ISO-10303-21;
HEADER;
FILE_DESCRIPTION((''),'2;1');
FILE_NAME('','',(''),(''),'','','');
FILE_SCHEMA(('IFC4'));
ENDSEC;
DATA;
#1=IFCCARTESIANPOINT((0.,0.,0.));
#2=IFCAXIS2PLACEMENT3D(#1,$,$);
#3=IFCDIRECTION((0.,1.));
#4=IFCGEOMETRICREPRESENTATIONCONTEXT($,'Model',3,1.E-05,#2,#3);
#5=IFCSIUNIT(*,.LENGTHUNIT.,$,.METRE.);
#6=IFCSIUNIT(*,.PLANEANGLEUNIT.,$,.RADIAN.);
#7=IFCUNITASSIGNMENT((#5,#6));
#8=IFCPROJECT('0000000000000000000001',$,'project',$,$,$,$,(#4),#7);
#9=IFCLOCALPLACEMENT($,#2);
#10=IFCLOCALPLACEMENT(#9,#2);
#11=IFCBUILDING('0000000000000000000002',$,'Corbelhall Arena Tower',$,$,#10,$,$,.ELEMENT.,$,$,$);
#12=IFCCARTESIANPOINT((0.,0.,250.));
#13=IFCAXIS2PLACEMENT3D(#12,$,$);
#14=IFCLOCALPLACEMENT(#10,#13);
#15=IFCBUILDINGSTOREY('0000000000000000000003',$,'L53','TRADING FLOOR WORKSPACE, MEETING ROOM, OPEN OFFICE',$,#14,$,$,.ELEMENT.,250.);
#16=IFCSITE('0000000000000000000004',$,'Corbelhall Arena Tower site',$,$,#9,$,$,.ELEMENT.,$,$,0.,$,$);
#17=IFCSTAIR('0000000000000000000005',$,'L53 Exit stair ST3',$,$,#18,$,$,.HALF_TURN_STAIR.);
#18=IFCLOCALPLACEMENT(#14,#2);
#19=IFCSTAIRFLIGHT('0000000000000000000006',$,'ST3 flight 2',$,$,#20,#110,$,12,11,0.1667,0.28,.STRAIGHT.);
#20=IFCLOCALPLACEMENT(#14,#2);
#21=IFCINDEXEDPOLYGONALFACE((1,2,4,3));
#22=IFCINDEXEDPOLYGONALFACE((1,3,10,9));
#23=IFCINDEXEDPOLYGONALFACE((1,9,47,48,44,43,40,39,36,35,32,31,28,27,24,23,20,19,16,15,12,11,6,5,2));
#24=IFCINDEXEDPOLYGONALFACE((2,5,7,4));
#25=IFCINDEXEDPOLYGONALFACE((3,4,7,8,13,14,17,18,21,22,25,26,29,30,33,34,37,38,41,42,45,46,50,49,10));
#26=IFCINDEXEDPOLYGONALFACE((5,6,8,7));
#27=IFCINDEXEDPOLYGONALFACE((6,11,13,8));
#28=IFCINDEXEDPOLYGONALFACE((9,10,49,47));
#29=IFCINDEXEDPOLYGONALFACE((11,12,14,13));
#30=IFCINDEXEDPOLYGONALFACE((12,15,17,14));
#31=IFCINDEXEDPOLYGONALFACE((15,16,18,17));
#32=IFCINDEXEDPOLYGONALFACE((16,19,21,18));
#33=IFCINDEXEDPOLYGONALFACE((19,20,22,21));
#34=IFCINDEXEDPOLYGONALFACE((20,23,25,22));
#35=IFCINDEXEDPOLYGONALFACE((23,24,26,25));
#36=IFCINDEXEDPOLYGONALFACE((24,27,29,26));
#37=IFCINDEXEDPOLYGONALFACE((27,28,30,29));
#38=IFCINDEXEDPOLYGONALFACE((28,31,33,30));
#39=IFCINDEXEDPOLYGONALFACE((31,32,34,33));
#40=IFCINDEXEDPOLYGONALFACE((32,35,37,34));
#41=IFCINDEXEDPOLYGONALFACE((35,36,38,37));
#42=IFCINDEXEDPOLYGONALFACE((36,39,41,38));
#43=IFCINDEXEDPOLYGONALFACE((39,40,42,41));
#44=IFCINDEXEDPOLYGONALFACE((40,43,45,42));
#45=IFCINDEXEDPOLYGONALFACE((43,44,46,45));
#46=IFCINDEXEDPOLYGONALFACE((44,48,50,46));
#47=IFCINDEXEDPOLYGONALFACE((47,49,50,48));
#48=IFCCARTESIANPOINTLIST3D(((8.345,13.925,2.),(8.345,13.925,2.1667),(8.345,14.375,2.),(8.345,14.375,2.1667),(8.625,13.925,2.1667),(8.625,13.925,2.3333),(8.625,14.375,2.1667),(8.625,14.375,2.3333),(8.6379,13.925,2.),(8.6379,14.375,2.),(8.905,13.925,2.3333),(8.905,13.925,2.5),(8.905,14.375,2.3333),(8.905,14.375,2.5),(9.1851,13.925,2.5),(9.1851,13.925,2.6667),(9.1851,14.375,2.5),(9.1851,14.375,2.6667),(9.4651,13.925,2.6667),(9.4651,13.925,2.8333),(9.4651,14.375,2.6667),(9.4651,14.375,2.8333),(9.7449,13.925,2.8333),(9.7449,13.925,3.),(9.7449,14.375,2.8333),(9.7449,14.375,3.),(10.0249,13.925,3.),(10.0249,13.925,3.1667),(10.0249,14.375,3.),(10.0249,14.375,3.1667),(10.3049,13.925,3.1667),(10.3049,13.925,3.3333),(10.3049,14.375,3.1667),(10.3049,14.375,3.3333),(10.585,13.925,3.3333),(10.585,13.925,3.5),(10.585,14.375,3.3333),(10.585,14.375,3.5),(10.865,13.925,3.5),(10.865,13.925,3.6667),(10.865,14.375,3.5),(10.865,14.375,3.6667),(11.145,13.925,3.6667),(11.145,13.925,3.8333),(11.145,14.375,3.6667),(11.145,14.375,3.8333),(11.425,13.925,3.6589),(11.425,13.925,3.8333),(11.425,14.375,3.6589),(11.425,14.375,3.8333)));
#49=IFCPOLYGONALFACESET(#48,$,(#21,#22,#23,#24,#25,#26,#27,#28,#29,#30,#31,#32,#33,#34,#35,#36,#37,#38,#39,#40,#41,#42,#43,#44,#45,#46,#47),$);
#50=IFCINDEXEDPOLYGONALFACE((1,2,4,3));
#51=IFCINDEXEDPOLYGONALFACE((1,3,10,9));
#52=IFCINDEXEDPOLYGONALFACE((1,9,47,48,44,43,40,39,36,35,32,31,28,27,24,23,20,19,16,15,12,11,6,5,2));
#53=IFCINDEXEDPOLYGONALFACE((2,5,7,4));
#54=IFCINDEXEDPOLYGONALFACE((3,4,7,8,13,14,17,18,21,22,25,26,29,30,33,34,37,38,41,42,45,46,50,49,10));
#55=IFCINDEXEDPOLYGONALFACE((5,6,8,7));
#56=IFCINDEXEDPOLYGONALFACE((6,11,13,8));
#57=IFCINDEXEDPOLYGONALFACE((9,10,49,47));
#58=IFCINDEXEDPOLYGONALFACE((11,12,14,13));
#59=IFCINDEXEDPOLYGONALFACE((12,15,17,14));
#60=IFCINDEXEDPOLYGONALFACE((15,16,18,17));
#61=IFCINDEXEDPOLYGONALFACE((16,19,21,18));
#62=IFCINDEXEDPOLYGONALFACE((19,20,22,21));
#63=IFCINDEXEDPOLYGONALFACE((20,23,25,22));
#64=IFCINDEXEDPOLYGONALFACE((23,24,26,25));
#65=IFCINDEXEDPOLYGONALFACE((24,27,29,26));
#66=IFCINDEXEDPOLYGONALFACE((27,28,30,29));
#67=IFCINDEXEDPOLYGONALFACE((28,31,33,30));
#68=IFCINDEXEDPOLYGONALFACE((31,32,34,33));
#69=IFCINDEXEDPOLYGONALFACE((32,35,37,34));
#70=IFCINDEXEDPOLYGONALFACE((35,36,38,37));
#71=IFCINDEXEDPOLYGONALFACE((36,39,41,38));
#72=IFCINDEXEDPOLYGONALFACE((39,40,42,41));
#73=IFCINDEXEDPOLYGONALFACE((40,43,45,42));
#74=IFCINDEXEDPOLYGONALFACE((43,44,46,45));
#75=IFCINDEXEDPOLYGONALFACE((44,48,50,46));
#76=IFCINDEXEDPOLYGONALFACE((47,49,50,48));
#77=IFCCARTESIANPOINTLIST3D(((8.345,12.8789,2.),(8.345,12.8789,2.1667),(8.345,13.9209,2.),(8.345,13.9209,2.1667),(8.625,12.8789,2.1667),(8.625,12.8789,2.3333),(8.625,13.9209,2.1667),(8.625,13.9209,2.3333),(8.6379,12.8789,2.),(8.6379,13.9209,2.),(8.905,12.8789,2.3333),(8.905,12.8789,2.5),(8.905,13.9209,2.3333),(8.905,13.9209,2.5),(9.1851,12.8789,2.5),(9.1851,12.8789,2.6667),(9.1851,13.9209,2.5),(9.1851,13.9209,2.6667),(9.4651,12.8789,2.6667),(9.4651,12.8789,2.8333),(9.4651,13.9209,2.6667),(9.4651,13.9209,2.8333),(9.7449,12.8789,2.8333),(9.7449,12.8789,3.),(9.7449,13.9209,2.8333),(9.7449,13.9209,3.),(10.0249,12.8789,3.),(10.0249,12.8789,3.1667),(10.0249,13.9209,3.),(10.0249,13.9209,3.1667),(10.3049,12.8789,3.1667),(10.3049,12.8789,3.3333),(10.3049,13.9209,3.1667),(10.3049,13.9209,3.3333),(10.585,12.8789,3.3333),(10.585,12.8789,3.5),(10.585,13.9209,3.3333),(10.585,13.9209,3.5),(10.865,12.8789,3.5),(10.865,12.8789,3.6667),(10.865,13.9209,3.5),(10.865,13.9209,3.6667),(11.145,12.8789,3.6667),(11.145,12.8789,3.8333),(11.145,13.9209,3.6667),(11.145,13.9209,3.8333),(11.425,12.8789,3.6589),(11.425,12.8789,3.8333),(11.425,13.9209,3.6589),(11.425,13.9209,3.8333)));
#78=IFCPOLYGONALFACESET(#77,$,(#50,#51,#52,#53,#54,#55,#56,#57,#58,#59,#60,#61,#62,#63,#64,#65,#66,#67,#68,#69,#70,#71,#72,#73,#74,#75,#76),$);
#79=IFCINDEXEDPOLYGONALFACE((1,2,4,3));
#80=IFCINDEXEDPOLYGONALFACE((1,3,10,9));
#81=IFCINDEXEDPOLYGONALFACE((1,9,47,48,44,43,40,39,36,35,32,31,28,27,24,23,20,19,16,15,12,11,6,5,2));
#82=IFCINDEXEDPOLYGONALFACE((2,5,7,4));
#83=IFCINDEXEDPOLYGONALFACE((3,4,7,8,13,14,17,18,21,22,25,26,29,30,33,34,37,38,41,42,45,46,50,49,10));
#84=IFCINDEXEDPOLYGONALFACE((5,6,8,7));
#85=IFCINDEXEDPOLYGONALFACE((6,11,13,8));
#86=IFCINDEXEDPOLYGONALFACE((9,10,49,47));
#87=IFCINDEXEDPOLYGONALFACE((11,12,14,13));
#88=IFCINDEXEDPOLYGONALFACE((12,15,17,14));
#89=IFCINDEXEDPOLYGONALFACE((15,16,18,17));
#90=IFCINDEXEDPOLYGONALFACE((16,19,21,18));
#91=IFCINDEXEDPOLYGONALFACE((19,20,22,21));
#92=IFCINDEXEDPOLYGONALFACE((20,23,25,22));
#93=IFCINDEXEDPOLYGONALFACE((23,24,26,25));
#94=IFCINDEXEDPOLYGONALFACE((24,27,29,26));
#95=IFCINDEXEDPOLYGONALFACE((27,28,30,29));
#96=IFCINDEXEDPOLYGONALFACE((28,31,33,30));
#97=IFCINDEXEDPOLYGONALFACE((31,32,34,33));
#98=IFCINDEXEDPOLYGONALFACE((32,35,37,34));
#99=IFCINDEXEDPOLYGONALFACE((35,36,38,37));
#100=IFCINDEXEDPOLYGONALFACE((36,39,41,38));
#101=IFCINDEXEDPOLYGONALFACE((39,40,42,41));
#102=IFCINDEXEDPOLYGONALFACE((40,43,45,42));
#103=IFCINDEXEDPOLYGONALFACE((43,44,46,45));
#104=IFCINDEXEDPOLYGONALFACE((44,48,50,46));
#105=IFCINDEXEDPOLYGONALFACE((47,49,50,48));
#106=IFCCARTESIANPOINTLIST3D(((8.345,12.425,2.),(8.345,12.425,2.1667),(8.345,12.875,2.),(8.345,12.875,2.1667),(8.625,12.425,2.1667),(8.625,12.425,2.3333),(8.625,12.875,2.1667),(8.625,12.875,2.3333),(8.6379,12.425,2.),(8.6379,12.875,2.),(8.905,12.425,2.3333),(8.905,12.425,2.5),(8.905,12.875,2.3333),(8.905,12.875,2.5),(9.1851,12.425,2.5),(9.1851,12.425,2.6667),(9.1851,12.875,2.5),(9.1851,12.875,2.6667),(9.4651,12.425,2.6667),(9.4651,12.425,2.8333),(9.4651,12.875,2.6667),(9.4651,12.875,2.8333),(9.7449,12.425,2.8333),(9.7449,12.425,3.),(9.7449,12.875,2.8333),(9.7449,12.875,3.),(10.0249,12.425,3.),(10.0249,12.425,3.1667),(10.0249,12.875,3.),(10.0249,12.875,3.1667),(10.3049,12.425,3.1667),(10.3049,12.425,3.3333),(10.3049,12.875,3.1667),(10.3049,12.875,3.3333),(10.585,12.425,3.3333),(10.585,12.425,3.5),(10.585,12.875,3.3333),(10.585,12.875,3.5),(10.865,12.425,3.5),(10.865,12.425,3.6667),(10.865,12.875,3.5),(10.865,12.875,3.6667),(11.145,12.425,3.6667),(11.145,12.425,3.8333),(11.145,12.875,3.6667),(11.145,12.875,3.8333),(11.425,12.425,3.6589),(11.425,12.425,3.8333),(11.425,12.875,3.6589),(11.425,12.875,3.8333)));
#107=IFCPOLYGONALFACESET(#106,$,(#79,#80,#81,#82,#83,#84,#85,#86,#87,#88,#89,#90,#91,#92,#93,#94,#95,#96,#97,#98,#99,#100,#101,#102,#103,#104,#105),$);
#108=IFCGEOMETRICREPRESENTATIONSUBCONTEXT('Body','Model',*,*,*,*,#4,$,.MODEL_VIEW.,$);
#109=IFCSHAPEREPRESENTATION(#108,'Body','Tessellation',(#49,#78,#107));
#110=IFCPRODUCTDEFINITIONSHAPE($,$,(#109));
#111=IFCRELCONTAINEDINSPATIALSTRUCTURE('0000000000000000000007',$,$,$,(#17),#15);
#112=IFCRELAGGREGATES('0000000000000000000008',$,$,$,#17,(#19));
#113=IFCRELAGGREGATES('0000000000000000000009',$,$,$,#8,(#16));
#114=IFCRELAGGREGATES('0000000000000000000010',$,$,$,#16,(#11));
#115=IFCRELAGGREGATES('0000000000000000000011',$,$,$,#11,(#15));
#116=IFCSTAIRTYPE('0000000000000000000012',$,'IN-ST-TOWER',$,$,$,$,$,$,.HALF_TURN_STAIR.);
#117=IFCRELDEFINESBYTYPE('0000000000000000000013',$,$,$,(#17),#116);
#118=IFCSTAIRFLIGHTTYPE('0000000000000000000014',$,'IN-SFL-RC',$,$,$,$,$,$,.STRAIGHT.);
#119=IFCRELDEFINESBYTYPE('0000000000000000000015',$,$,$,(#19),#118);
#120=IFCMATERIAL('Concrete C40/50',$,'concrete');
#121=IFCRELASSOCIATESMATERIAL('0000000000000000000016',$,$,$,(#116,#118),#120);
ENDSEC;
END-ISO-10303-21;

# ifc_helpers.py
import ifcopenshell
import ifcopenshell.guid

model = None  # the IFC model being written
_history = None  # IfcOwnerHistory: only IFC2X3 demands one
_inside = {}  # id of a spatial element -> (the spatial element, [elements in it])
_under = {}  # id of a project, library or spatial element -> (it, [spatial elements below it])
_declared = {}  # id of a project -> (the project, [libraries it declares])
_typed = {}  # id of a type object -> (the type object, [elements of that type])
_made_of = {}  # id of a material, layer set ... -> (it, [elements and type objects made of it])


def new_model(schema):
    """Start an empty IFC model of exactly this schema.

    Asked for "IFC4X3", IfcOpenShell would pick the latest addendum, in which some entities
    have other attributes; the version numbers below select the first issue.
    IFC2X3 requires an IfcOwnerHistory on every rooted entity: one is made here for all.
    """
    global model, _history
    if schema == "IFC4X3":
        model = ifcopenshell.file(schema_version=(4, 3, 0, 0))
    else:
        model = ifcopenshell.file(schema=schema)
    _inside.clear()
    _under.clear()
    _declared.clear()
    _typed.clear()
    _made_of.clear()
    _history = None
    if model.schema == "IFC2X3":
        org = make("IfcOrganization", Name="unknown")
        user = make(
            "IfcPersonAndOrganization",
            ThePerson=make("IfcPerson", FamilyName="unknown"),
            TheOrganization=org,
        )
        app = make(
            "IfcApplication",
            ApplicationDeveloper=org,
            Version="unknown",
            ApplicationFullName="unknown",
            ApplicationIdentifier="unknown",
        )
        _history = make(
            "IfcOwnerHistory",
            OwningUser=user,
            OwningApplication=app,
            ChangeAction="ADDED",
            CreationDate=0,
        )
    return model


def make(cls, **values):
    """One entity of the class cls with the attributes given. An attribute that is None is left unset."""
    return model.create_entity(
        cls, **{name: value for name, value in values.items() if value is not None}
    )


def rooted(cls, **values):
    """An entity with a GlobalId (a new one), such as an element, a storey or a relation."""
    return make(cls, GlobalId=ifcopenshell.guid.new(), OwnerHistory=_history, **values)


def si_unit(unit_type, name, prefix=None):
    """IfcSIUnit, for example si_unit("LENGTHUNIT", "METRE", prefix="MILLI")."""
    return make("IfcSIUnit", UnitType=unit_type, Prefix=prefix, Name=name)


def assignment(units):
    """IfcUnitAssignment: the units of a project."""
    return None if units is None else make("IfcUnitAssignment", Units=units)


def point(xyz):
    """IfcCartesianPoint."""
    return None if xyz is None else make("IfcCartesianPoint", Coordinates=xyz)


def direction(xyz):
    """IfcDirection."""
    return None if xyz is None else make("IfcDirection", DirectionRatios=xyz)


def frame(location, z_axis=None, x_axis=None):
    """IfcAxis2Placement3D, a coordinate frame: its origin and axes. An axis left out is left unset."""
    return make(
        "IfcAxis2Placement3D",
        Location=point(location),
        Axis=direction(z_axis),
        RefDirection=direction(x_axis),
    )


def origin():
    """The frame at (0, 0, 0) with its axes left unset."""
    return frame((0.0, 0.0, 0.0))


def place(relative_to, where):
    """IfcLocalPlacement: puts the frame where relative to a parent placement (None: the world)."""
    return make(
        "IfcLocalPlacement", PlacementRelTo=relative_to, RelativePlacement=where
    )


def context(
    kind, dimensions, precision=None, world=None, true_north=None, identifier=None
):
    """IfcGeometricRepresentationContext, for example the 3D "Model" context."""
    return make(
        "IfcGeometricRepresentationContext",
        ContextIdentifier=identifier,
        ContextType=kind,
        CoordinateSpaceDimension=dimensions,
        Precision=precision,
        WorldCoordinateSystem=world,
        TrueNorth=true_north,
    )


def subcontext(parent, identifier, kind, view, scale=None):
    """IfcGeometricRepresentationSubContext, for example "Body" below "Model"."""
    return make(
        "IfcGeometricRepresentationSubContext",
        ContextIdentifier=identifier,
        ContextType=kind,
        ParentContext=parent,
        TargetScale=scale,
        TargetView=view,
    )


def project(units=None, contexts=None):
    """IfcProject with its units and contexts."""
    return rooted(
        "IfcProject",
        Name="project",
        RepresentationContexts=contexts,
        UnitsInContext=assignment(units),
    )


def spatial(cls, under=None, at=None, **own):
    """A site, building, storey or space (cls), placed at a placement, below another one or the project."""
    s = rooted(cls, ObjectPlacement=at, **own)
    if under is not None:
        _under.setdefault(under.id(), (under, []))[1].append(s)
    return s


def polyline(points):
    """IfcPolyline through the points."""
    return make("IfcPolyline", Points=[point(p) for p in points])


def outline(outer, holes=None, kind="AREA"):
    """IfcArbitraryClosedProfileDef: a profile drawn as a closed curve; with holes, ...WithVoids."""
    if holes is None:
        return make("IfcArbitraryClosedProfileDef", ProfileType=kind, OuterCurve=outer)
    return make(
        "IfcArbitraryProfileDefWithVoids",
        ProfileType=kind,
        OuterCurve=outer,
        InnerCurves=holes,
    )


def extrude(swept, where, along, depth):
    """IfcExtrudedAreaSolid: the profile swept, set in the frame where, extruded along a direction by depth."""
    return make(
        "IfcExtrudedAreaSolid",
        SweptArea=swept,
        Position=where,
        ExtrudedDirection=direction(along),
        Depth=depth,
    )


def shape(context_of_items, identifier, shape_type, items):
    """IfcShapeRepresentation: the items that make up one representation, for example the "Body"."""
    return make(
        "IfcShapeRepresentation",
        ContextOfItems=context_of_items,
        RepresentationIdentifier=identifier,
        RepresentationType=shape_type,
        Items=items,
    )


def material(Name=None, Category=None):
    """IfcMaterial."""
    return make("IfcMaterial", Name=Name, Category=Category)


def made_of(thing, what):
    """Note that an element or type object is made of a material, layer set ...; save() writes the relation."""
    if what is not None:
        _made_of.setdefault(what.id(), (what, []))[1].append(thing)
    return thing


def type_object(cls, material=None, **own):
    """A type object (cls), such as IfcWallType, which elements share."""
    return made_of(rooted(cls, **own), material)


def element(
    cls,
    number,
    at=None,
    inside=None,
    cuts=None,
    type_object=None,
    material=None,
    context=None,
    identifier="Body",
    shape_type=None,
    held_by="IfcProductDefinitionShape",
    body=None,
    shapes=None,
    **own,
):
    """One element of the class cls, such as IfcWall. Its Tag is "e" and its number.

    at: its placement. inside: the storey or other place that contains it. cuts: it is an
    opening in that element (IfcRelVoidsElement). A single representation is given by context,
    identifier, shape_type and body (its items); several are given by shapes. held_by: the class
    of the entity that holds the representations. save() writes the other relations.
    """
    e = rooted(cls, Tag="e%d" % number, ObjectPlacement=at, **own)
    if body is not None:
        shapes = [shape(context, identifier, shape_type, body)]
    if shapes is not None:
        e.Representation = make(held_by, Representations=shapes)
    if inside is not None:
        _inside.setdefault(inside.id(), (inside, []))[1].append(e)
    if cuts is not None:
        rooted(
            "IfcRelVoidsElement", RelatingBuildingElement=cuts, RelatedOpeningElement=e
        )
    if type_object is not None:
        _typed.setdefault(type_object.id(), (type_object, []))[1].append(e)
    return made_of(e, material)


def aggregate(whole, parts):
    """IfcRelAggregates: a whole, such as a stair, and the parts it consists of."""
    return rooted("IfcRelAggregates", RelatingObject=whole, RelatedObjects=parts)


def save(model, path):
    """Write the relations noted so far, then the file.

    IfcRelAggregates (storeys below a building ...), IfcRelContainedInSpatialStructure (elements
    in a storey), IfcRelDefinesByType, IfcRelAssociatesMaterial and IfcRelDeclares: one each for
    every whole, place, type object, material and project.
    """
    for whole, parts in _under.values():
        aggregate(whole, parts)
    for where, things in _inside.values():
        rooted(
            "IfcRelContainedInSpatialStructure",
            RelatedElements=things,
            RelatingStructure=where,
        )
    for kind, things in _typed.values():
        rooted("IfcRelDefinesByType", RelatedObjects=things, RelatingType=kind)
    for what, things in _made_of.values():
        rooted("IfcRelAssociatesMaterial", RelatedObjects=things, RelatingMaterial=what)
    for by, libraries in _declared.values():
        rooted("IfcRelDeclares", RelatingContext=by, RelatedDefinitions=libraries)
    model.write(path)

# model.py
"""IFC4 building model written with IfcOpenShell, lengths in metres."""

from ifc_helpers import new_model, si_unit, direction, frame, origin, place, context, subcontext, project, spatial, polyline, outline, extrude, material, type_object, element, aggregate, save


model = new_model("IFC4")

# Units and contexts
model_context = context("Model", 3, precision=1e-05, world=origin(), true_north=direction((0.0, 1.0)))
body_context = subcontext(model_context, "Body", "Model", "MODEL_VIEW")
ifc_project = project(units=[si_unit("LENGTHUNIT", "METRE"), si_unit("PLANEANGLEUNIT", "RADIAN")], contexts=[model_context])

# Site, building, storey
site_placement = place(None, origin())
site = spatial("IfcSite", under=ifc_project, at=site_placement, Name="Corbelhall Arena Tower site", CompositionType="ELEMENT", RefElevation=0.0)
building_placement = place(site_placement, origin())
building = spatial("IfcBuilding", under=site, at=building_placement, Name="Corbelhall Arena Tower", CompositionType="ELEMENT")
storey_placement = place(building_placement, frame((0.0, 0.0, 250.0)))
storey = spatial("IfcBuildingStorey", under=building, at=storey_placement, Name="L53", Description="TRADING FLOOR WORKSPACE, MEETING ROOM, OPEN OFFICE", CompositionType="ELEMENT", Elevation=250.0)

# Shared definitions
ifc_material_1 = material(Name="Concrete C40/50", Category="concrete")

# Stair, stair flight
stair_type = type_object("IfcStairType", Name="IN-ST-TOWER", PredefinedType="HALF_TURN_STAIR", material=ifc_material_1)
stair_placement = place(storey_placement, origin())
stair = element("IfcStair", 1, at=stair_placement, inside=storey, type_object=stair_type, Name="L53 Exit stair ST3", PredefinedType="HALF_TURN_STAIR")
stair_flight_type = type_object("IfcStairFlightType", Name="IN-SFL-RC", PredefinedType="STRAIGHT", material=ifc_material_1)
stair_flight_1_placement = place(storey_placement, frame((8.345, 13.3999, 2.0), z_axis=(0.0, 0.0, 1.0), x_axis=(1.0, 0.0, 0.0)))
stair_flight_1 = element("IfcStairFlight", 2, at=stair_flight_1_placement, type_object=stair_flight_type, Name="ST3 flight 2", NumberOfRisers=12, NumberOfTreads=11, PredefinedType="STRAIGHT", RiserHeight=0.1667, TreadLength=0.28, context=body_context, shape_type="SweptSolid", body=[
    extrude(outline(polyline([(0.0, 0.0), (0.0, 0.1667), (0.28, 0.1667), (0.28, 0.3333), (0.5601, 0.3333), (0.5601, 0.5), (0.8401, 0.5), (0.8401, 0.6667), (1.1201, 0.6667), (1.1201, 0.8333), (1.3999, 0.8333), (1.3999, 1.0), (1.6799, 1.0), (1.6799, 1.1667), (1.96, 1.1667), (1.96, 1.3333), (2.24, 1.3333), (2.24, 1.5), (2.52, 1.5), (2.52, 1.6667), (2.8, 1.6667), (2.8, 1.8333), (3.0801, 1.8333), (3.0801, 2.0), (3.0801, 1.6589), (0.293, 0.0), (0.0, 0.0)])), frame((0.0, 0.9751, 0.0), z_axis=(0.0, -1.0, 0.0), x_axis=(1.0, 0.0, 0.0)), (0.0, 0.0, 1.0), 0.45),
    extrude(outline(polyline([(0.0, 0.0), (0.0, 0.1667), (0.28, 0.1667), (0.28, 0.3333), (0.5601, 0.3333), (0.5601, 0.5), (0.8401, 0.5), (0.8401, 0.6667), (1.1201, 0.6667), (1.1201, 0.8333), (1.3999, 0.8333), (1.3999, 1.0), (1.6799, 1.0), (1.6799, 1.1667), (1.96, 1.1667), (1.96, 1.3333), (2.24, 1.3333), (2.24, 1.5), (2.52, 1.5), (2.52, 1.6667), (2.8, 1.6667), (2.8, 1.8333), (3.0801, 1.8333), (3.0801, 2.0), (3.0801, 1.6589), (0.293, 0.0), (0.0, 0.0)])), frame((0.0, 0.521, 0.0), z_axis=(0.0, -1.0, 0.0), x_axis=(1.0, 0.0, 0.0)), (0.0, 0.0, 1.0), 1.042),
    extrude(outline(polyline([(0.0, 0.0), (0.0, 0.1667), (0.28, 0.1667), (0.28, 0.3333), (0.5601, 0.3333), (0.5601, 0.5), (0.8401, 0.5), (0.8401, 0.6667), (1.1201, 0.6667), (1.1201, 0.8333), (1.3999, 0.8333), (1.3999, 1.0), (1.6799, 1.0), (1.6799, 1.1667), (1.96, 1.1667), (1.96, 1.3333), (2.24, 1.3333), (2.24, 1.5), (2.52, 1.5), (2.52, 1.6667), (2.8, 1.6667), (2.8, 1.8333), (3.0801, 1.8333), (3.0801, 2.0), (3.0801, 1.6589), (0.293, 0.0), (0.0, 0.0)])), frame((0.0, -0.5249, 0.0), z_axis=(0.0, -1.0, 0.0), x_axis=(1.0, 0.0, 0.0)), (0.0, 0.0, 1.0), 0.45),
])
aggregate(stair, [stair_flight_1])

save(model, "model.ifc")
